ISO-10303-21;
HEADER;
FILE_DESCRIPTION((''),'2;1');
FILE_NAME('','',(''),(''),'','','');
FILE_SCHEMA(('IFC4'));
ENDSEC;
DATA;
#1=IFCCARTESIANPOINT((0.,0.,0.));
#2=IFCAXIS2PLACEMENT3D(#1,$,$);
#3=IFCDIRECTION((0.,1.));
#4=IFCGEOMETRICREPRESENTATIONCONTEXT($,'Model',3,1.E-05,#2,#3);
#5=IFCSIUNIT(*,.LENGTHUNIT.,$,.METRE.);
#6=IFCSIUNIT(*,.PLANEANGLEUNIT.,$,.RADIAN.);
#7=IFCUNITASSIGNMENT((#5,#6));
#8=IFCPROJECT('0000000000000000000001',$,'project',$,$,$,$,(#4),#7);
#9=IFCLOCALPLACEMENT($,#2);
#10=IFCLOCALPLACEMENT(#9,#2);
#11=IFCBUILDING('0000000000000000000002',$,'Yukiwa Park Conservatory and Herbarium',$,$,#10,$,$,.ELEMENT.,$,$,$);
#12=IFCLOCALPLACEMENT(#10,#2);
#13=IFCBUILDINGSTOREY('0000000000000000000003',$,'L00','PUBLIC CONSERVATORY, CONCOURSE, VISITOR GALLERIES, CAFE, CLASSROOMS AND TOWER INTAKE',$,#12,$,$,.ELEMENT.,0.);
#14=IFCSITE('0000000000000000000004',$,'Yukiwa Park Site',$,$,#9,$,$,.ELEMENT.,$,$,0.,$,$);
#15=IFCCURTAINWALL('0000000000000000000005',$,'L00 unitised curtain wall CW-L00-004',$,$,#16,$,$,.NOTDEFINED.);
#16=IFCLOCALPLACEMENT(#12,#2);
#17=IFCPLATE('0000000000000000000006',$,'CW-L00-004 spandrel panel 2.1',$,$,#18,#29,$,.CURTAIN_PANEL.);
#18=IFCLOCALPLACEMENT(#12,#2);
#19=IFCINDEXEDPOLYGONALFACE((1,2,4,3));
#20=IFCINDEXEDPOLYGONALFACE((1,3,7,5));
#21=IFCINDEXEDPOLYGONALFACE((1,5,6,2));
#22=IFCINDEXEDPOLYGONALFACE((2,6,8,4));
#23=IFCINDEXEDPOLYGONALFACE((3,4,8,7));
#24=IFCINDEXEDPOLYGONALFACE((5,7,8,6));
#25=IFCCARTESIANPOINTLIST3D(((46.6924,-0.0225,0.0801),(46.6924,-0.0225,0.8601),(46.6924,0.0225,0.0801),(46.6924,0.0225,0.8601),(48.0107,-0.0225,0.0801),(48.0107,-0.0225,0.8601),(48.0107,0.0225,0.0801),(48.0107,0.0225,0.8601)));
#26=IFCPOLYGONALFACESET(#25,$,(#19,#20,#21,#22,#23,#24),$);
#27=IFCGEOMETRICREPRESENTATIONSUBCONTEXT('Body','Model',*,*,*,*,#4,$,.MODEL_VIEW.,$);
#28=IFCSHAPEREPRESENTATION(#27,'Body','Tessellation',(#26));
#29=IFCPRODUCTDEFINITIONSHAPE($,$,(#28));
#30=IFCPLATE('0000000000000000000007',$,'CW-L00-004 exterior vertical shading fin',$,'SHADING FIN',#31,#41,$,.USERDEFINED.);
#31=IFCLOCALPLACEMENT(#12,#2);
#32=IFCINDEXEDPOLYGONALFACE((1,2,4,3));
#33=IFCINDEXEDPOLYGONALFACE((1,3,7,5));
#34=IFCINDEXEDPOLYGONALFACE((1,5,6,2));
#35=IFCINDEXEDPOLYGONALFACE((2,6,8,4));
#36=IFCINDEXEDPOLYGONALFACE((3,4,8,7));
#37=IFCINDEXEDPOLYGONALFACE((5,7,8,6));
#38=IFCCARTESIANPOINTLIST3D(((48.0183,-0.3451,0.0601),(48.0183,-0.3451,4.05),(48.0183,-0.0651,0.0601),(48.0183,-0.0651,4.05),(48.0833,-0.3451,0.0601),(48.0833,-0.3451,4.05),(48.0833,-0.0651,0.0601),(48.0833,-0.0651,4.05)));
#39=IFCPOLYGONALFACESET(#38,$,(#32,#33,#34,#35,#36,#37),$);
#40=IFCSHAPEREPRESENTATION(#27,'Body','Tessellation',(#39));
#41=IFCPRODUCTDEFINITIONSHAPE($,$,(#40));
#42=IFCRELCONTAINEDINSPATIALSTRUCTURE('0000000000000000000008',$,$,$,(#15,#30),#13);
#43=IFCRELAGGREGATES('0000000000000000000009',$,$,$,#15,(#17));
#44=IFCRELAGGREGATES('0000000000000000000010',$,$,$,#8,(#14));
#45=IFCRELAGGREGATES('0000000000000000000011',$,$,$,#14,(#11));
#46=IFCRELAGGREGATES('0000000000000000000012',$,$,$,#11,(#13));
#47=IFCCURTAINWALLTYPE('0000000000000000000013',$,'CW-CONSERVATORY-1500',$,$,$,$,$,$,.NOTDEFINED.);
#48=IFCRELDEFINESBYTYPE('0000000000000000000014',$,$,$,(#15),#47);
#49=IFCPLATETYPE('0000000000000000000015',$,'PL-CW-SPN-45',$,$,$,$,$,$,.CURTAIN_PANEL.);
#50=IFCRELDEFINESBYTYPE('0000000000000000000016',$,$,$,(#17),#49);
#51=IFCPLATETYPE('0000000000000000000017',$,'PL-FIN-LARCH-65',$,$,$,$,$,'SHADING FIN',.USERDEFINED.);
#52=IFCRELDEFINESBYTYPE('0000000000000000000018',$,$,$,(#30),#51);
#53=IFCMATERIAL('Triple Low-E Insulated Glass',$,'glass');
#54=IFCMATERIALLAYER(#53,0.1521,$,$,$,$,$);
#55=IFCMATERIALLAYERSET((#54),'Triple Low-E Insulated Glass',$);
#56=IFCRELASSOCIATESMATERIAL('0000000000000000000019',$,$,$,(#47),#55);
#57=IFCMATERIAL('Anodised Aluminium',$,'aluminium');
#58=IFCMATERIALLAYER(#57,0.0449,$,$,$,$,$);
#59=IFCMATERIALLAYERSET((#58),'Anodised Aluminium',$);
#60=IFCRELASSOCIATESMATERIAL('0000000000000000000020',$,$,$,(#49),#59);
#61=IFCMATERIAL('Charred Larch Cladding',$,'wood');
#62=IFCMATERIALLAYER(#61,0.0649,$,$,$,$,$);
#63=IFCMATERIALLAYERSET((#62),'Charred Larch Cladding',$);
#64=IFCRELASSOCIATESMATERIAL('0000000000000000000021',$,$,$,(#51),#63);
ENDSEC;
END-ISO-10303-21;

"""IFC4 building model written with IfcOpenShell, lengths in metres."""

from ifc_helpers import new_model, si_unit, direction, frame, origin, origin_2d, place, context, subcontext, project, spatial, rectangle, extrude, material, layer, layer_set, type_object, element, aggregate, save


model = new_model("IFC4")

# Units and contexts
model_context = context("Model", 3, precision=1e-05, world=origin(), true_north=direction((0.0, 1.0)))
body_context = subcontext(model_context, "Body", "Model", "MODEL_VIEW")
ifc_project = project(units=[si_unit("LENGTHUNIT", "METRE"), si_unit("PLANEANGLEUNIT", "RADIAN")], contexts=[model_context])

# Site, building, storey
site_placement = place(None, origin())
site = spatial("IfcSite", under=ifc_project, at=site_placement, Name="Yukiwa Park Site", CompositionType="ELEMENT", RefElevation=0.0)
building_placement = place(site_placement, origin())
building = spatial("IfcBuilding", under=site, at=building_placement, Name="Yukiwa Park Conservatory and Herbarium", CompositionType="ELEMENT")
storey_placement = place(building_placement, origin())
storey = spatial("IfcBuildingStorey", under=building, at=storey_placement, Name="L00", Description="PUBLIC CONSERVATORY, CONCOURSE, VISITOR GALLERIES, CAFE, CLASSROOMS AND TOWER INTAKE", CompositionType="ELEMENT", Elevation=0.0)

# Curtain wall
ifc_material_1 = material(Name="Triple Low-E Insulated Glass", Category="glass")
ifc_layer_1 = layer(ifc_material_1, 0.1521)
ifc_layer_set_1 = layer_set([ifc_layer_1], Name="Triple Low-E Insulated Glass")
curtain_wall_type = type_object("IfcCurtainWallType", Name="CW-CONSERVATORY-1500", PredefinedType="NOTDEFINED", material=ifc_layer_set_1)
curtain_wall_1_placement = place(storey_placement, origin())
curtain_wall_1 = element("IfcCurtainWall", 1, at=curtain_wall_1_placement, inside=storey, type_object=curtain_wall_type, Name="L00 unitised curtain wall CW-L00-004", PredefinedType="NOTDEFINED")

# Plates
ifc_material_2 = material(Name="Anodised Aluminium", Category="aluminium")
ifc_layer_2 = layer(ifc_material_2, 0.0449)
ifc_layer_set_2 = layer_set([ifc_layer_2], Name="Anodised Aluminium")
plate_type_1 = type_object("IfcPlateType", Name="PL-CW-SPN-45", PredefinedType="CURTAIN_PANEL", material=ifc_layer_set_2)
plate_1_placement = place(storey_placement, frame((47.3516, 0.0, 0.0801), z_axis=(0.0, 0.0, 1.0), x_axis=(1.0, 0.0, 0.0)))
plate_1 = element("IfcPlate", 2, at=plate_1_placement, type_object=plate_type_1, Name="CW-L00-004 spandrel panel 2.1", PredefinedType="CURTAIN_PANEL", context=body_context, shape_type="SweptSolid", body=[
    extrude(rectangle(XDim=1.3184, YDim=0.0449, at=origin_2d()), origin(), (0.0, 0.0, 1.0), 0.78),
])
aggregate(curtain_wall_1, [plate_1])
ifc_material_3 = material(Name="Charred Larch Cladding", Category="wood")
ifc_layer_3 = layer(ifc_material_3, 0.0649)
ifc_layer_set_3 = layer_set([ifc_layer_3], Name="Charred Larch Cladding")
plate_type_2 = type_object("IfcPlateType", Name="PL-FIN-LARCH-65", ElementType="SHADING FIN", PredefinedType="USERDEFINED", material=ifc_layer_set_3)
plate_2_placement = place(storey_placement, frame((48.0508, -0.2051, 0.0601), z_axis=(0.0, 0.0, 1.0), x_axis=(1.0, 0.0, 0.0)))
element("IfcPlate", 3, at=plate_2_placement, inside=storey, type_object=plate_type_2, Name="CW-L00-004 exterior vertical shading fin", ObjectType="SHADING FIN", PredefinedType="USERDEFINED", context=body_context, shape_type="SweptSolid", body=[
    extrude(rectangle(XDim=0.0649, YDim=0.28, at=origin_2d()), origin(), (0.0, 0.0, 1.0), 3.99),
])

save(model, "model.ifc")
